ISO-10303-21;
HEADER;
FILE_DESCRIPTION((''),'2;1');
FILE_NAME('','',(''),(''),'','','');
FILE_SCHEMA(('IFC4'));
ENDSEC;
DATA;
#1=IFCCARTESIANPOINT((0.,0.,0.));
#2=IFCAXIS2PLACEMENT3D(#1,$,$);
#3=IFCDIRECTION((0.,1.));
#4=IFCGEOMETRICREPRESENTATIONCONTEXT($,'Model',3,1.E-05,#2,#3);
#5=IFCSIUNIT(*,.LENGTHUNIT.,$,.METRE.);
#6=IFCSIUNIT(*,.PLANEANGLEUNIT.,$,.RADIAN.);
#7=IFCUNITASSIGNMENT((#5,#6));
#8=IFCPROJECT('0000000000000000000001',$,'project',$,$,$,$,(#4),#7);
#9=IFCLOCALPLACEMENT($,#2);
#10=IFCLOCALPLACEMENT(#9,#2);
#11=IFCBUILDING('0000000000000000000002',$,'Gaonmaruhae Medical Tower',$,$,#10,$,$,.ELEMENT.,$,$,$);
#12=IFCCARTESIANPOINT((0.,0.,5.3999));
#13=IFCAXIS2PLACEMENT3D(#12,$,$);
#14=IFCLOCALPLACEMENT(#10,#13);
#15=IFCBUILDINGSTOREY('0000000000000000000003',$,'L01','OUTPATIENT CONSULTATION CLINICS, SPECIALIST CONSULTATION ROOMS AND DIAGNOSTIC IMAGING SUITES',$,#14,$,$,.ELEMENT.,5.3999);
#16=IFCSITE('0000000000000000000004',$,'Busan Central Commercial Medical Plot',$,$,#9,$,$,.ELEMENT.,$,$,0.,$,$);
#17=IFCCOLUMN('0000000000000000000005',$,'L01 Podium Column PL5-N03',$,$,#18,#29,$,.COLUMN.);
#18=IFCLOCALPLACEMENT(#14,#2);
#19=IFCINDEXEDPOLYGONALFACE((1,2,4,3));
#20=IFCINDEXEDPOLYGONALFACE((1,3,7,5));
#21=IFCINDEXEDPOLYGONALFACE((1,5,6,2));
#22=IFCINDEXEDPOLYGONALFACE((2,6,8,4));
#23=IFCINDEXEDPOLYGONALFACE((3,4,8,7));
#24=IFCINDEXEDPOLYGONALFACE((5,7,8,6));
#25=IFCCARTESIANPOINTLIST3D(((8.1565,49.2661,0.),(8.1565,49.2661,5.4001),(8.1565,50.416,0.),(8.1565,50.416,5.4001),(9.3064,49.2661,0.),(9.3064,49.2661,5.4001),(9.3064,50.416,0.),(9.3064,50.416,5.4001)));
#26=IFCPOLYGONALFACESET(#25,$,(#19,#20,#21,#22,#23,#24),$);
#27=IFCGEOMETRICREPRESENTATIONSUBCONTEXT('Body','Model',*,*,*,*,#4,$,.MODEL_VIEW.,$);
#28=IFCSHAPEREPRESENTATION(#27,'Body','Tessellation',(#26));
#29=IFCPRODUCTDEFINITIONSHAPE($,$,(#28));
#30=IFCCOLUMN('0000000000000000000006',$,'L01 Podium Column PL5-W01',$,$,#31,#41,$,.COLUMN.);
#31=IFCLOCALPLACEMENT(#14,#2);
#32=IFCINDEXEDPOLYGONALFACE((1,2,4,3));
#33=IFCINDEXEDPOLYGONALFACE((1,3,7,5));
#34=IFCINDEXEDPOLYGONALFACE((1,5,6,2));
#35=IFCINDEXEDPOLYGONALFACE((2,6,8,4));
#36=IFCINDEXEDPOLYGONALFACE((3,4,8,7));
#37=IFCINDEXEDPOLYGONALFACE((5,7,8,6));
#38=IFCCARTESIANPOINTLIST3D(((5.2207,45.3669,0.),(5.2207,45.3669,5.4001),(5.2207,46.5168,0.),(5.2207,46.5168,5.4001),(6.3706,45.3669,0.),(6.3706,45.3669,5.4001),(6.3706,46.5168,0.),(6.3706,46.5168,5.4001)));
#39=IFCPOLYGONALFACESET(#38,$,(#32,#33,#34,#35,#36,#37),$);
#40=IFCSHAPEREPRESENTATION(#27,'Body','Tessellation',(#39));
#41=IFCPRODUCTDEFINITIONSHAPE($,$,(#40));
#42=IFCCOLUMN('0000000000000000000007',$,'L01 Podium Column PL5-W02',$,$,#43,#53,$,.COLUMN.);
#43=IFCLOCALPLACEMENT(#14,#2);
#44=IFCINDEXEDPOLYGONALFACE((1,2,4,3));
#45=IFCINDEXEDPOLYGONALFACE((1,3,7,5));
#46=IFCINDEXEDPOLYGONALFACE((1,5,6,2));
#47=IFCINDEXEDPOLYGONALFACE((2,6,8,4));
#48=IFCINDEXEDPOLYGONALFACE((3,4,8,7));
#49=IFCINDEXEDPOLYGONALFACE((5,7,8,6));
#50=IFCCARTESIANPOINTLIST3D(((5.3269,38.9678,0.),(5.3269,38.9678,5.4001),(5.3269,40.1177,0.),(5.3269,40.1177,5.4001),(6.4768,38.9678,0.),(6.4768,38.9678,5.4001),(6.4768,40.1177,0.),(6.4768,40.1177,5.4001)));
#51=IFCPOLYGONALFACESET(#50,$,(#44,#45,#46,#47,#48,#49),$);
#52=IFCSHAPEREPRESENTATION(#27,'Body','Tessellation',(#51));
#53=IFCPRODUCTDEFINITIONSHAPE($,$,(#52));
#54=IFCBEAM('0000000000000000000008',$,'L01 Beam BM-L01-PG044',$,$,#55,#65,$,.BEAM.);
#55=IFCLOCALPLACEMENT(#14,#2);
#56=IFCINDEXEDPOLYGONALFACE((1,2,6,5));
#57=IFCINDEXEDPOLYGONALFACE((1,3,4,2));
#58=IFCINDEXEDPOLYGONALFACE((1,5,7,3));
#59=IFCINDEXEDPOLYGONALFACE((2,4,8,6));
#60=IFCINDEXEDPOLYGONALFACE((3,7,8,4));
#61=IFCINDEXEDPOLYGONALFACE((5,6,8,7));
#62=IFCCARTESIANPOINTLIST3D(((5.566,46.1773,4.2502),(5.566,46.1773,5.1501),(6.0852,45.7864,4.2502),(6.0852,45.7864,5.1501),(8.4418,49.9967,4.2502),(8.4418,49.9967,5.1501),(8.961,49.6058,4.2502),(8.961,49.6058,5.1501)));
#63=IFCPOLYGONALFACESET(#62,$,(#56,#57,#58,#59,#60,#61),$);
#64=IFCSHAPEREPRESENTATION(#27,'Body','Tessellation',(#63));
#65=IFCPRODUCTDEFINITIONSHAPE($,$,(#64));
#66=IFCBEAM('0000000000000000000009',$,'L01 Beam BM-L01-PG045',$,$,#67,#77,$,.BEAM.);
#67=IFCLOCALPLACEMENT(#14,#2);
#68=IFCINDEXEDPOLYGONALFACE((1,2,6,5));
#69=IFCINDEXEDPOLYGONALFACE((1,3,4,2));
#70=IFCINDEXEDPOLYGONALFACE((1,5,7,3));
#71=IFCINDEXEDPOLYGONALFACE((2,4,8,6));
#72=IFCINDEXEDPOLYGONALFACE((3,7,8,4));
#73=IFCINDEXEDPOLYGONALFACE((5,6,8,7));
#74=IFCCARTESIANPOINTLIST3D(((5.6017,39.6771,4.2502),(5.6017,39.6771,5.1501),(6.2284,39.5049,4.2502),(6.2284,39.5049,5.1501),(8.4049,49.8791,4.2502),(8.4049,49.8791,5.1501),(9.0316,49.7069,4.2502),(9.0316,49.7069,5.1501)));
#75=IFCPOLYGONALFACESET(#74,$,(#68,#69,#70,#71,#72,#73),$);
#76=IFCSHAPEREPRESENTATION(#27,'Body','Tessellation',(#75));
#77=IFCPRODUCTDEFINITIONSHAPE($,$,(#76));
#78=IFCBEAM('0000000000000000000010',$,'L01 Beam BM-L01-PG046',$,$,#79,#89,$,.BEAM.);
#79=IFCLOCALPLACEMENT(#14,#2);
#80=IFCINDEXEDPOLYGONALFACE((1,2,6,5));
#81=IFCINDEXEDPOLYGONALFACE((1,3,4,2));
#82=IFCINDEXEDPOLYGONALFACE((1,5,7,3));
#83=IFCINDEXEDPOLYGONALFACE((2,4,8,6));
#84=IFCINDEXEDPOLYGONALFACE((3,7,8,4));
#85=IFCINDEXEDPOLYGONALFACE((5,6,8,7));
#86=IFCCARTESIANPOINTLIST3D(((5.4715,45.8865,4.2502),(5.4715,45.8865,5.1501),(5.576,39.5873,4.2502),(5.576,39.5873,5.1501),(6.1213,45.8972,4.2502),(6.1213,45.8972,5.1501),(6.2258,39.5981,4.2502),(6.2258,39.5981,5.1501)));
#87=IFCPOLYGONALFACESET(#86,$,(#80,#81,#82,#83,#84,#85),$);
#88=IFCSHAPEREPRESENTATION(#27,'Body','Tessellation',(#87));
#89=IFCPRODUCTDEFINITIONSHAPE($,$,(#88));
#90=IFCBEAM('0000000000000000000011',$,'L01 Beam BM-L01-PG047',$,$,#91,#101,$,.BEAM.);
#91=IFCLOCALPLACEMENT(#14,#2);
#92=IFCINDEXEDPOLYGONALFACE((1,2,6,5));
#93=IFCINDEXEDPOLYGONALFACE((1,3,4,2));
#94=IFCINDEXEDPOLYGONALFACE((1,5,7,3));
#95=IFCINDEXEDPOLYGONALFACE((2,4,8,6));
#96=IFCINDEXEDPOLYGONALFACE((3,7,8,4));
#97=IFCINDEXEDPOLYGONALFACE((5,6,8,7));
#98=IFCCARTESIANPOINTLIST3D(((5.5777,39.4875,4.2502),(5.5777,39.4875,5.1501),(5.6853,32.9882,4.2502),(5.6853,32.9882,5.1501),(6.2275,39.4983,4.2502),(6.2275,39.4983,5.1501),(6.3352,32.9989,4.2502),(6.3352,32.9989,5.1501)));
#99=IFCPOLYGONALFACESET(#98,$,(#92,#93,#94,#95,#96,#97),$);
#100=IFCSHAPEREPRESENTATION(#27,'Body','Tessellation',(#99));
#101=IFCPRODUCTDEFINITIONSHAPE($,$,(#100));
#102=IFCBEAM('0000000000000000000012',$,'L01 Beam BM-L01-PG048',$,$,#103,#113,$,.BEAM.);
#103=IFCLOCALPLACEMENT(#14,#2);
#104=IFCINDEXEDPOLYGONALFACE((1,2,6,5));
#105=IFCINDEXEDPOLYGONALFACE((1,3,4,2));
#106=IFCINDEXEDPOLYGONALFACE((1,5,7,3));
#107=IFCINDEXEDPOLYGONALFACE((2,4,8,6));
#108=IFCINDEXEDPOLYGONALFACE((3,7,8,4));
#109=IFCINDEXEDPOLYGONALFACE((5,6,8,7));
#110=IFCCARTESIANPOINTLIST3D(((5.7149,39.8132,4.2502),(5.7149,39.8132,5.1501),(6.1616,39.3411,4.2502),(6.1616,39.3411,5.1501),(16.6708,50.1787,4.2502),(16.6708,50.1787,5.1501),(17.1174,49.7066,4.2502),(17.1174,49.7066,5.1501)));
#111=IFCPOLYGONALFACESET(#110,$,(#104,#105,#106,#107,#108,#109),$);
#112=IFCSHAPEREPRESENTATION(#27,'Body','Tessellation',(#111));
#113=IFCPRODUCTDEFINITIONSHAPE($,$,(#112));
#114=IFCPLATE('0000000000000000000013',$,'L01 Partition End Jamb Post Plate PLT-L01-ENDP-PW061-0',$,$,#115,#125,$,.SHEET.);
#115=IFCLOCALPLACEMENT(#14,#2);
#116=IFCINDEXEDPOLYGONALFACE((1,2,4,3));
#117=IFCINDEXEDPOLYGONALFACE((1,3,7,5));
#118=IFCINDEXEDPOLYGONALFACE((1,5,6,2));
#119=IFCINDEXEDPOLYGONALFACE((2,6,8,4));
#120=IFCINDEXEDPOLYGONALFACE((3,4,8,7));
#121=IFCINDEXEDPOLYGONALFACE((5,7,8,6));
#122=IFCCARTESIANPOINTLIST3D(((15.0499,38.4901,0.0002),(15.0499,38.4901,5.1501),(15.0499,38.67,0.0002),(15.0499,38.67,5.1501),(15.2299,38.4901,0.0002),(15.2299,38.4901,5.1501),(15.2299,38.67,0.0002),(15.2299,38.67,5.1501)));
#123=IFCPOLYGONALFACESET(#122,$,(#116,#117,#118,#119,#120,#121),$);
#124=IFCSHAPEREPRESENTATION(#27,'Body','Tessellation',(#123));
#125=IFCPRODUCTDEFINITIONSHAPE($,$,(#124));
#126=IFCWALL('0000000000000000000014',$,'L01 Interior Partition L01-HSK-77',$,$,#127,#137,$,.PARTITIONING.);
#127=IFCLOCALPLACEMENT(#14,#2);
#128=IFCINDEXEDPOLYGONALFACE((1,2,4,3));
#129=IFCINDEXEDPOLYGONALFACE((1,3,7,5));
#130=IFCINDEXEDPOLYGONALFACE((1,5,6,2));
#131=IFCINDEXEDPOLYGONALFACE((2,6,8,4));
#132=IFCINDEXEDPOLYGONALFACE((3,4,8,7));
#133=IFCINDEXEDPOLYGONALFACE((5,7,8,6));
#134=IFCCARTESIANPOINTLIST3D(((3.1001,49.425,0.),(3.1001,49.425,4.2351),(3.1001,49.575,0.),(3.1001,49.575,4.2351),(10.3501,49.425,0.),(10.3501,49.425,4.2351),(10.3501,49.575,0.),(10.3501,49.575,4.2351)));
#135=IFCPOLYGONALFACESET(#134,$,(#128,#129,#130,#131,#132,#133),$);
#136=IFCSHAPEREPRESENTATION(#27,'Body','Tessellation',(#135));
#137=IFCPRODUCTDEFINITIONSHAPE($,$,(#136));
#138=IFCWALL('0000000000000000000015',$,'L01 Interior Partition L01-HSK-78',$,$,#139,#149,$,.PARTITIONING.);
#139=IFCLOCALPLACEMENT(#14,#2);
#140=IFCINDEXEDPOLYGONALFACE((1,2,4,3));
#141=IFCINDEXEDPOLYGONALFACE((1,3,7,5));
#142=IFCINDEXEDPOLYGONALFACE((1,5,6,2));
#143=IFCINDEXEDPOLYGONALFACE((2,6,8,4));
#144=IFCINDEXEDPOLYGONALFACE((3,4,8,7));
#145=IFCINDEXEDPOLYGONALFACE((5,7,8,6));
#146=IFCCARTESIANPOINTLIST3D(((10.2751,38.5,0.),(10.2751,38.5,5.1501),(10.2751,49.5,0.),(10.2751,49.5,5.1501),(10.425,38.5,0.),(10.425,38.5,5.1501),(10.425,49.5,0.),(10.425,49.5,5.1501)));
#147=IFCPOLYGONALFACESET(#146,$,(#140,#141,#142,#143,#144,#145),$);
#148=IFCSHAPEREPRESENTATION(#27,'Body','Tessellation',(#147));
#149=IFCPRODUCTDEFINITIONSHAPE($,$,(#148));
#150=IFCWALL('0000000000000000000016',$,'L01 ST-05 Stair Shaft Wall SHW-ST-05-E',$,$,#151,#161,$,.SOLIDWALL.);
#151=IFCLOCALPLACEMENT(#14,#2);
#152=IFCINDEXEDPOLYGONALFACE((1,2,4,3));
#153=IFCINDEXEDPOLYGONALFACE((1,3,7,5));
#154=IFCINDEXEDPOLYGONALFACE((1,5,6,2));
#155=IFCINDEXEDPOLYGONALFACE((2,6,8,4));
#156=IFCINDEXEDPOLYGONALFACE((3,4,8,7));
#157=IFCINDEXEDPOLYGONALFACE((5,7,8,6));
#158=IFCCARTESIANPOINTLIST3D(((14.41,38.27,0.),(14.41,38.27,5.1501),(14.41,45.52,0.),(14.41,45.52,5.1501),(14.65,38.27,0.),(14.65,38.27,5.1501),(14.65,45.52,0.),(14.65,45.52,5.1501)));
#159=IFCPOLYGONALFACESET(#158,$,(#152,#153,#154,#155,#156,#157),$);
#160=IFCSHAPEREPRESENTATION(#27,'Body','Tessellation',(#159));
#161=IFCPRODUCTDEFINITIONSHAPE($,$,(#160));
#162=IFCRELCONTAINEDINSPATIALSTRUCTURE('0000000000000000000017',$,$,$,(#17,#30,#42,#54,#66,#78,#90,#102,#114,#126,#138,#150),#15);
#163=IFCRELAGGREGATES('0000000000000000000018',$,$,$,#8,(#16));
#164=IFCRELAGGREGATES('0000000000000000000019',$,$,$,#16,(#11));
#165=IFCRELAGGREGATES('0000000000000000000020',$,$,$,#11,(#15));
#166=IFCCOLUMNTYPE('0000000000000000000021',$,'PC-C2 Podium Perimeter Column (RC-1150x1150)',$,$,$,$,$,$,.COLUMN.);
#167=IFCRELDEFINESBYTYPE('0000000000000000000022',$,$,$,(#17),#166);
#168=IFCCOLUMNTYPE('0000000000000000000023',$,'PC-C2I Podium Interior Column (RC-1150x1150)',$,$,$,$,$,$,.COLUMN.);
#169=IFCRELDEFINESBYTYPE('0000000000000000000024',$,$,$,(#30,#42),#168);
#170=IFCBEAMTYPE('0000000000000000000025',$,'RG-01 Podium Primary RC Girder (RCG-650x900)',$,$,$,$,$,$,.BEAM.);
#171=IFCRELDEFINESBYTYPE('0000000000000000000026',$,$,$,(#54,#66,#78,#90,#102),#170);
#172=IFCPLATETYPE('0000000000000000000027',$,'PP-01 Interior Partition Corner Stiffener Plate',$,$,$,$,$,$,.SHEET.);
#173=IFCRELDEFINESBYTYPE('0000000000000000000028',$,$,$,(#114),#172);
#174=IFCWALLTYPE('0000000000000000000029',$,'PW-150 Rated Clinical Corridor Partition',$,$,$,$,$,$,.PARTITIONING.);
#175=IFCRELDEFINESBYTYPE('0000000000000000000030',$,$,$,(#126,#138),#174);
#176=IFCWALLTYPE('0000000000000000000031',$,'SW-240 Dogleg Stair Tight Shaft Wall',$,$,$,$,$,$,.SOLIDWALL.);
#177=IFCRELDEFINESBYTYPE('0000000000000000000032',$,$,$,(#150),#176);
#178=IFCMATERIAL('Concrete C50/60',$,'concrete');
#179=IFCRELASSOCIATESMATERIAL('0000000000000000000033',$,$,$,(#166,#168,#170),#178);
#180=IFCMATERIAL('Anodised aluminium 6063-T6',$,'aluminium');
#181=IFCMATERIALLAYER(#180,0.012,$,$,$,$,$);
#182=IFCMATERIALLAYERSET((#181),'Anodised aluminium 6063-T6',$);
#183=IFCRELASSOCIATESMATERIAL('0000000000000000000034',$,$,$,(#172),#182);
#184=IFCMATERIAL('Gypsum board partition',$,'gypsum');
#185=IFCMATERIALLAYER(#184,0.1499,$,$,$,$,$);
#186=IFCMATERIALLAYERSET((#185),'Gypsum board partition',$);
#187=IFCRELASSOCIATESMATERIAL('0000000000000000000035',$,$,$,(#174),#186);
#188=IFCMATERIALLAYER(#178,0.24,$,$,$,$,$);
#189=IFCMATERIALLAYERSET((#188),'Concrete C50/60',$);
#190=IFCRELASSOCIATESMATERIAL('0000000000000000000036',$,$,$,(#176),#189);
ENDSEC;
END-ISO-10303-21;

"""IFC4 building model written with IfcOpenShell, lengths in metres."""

from ifc_helpers import new_model, si_unit, direction, frame, frame_2d, origin, origin_2d, place, context, subcontext, project, spatial, rectangle, extrude, material, layer, layer_set, material_profile, profile_set, type_object, element, save


model = new_model("IFC4")

# Units and contexts
model_context = context("Model", 3, precision=1e-05, world=origin(), true_north=direction((0.0, 1.0)))
body_context = subcontext(model_context, "Body", "Model", "MODEL_VIEW")
ifc_project = project(units=[si_unit("LENGTHUNIT", "METRE"), si_unit("PLANEANGLEUNIT", "RADIAN")], contexts=[model_context])

# Site, building, storey
site_placement = place(None, origin())
site = spatial("IfcSite", under=ifc_project, at=site_placement, Name="Busan Central Commercial Medical Plot", CompositionType="ELEMENT", RefElevation=0.0)
building_placement = place(site_placement, origin())
building = spatial("IfcBuilding", under=site, at=building_placement, Name="Gaonmaruhae Medical Tower", CompositionType="ELEMENT")
storey_placement = place(building_placement, frame((0.0, 0.0, 5.3999)))
storey = spatial("IfcBuildingStorey", under=building, at=storey_placement, Name="L01", Description="OUTPATIENT CONSULTATION CLINICS, SPECIALIST CONSULTATION ROOMS AND DIAGNOSTIC IMAGING SUITES", CompositionType="ELEMENT", Elevation=5.3999)

# Columns
ifc_material_1 = material(Name="Concrete C50/60", Category="concrete")
ifc_material_profile_1 = material_profile(ifc_material_1, rectangle(XDim=1.1499, YDim=1.1499, at=origin_2d()), Name="RC-1150x1150")
ifc_profile_set_1 = profile_set([ifc_material_profile_1], Name="Concrete C50/60")
column_type_1 = type_object("IfcColumnType", Name="PC-C2 Podium Perimeter Column (RC-1150x1150)", PredefinedType="COLUMN", material=ifc_profile_set_1)
column_placement = place(storey_placement, frame((8.7314, 49.8411, 0.0), z_axis=(0.0, 0.0, 1.0), x_axis=(1.0, 0.0, 0.0)))
element("IfcColumn", 1, at=column_placement, inside=storey, type_object=column_type_1, Name="L01 Podium Column PL5-N03", PredefinedType="COLUMN", context=body_context, shape_type="SweptSolid", body=[
    extrude(rectangle(XDim=1.1499, YDim=1.1499, at=origin_2d()), origin(), (0.0, 0.0, 1.0), 5.4001),
])
ifc_material_profile_2 = material_profile(ifc_material_1, rectangle(XDim=1.1499, YDim=1.1499, at=origin_2d()), Name="RC-1150x1150")
ifc_profile_set_2 = profile_set([ifc_material_profile_2], Name="Concrete C50/60")
column_type_2 = type_object("IfcColumnType", Name="PC-C2I Podium Interior Column (RC-1150x1150)", PredefinedType="COLUMN", material=ifc_profile_set_2)
for number, where, z_axis, x_axis, name in (
    (2, (5.7957, 45.9419, 0.0), (0.0, 0.0, 1.0), (1.0, 0.0, 0.0), "L01 Podium Column PL5-W01"),
    (3, (5.9019, 39.5427, 0.0), (0.0, 0.0, 1.0), (1.0, 0.0, 0.0), "L01 Podium Column PL5-W02"),
):
    element("IfcColumn", number, at=place(storey_placement, frame(where, z_axis=z_axis, x_axis=x_axis)), inside=storey, type_object=column_type_2, Name=name, PredefinedType="COLUMN", context=body_context, shape_type="SweptSolid", body=[
        extrude(rectangle(XDim=1.1499, YDim=1.1499, at=origin_2d()), origin(), (0.0, 0.0, 1.0), 5.4001),
    ])

# Beams
ifc_material_profile_3 = material_profile(ifc_material_1, rectangle(XDim=0.6499, YDim=0.8999, at=origin_2d()), Name="RCG-650x900")
ifc_profile_set_3 = profile_set([ifc_material_profile_3], Name="Concrete C50/60")
beam_type = type_object("IfcBeamType", Name="RG-01 Podium Primary RC Girder (RCG-650x900)", PredefinedType="BEAM", material=ifc_profile_set_3)
beam_1_placement = place(storey_placement, frame((8.7014, 49.8013, 4.7002), z_axis=(-0.601502, -0.798871, 0.0), x_axis=(0.798871, -0.601502, 0.0)))
element("IfcBeam", 4, at=beam_1_placement, inside=storey, type_object=beam_type, Name="L01 Beam BM-L01-PG044", PredefinedType="BEAM", context=body_context, shape_type="SweptSolid", body=[
    extrude(rectangle(XDim=0.6499, YDim=0.8999, at=origin_2d()), origin(), (0.0, 0.0, 1.0), 4.781),
])
beam_2_placement = place(storey_placement, frame((8.7183, 49.793, 4.7002), z_axis=(-0.264954, -0.964261, 0.0), x_axis=(0.964261, -0.264954, 0.0)))
element("IfcBeam", 5, at=beam_2_placement, inside=storey, type_object=beam_type, Name="L01 Beam BM-L01-PG045", PredefinedType="BEAM", context=body_context, shape_type="SweptSolid", body=[
    extrude(rectangle(XDim=0.6499, YDim=0.8999, at=origin_2d()), origin(), (0.0, 0.0, 1.0), 10.5801),
])
beam_3_placement = place(storey_placement, frame((5.7964, 45.8918, 4.7002), z_axis=(0.016586, -0.999862, 0.0), x_axis=(0.999862, 0.016586, 0.0)))
element("IfcBeam", 6, at=beam_3_placement, inside=storey, type_object=beam_type, Name="L01 Beam BM-L01-PG046", PredefinedType="BEAM", context=body_context, shape_type="SweptSolid", body=[
    extrude(rectangle(XDim=0.6499, YDim=0.8999, at=origin_2d()), origin(), (0.0, 0.0, 1.0), 6.3),
])
beam_4_placement = place(storey_placement, frame((5.9026, 39.4929, 4.7002), z_axis=(0.016564, -0.999863, 0.0), x_axis=(0.999863, 0.016564, 0.0)))
element("IfcBeam", 7, at=beam_4_placement, inside=storey, type_object=beam_type, Name="L01 Beam BM-L01-PG047", PredefinedType="BEAM", context=body_context, shape_type="SweptSolid", body=[
    extrude(rectangle(XDim=0.6499, YDim=0.8999, at=origin_2d()), origin(), (0.0, 0.0, 1.0), 6.5002),
])
beam_5_placement = place(storey_placement, frame((5.9382, 39.5771, 4.7002), z_axis=(0.726406, 0.687265, 0.0), x_axis=(-0.687265, 0.726406, 0.0)))
element("IfcBeam", 8, at=beam_5_placement, inside=storey, type_object=beam_type, Name="L01 Beam BM-L01-PG048", PredefinedType="BEAM", context=body_context, shape_type="SweptSolid", body=[
    extrude(rectangle(XDim=0.6499, YDim=0.8999, at=origin_2d()), origin(), (0.0, 0.0, 1.0), 15.0823),
])

# Plate
ifc_material_2 = material(Name="Anodised aluminium 6063-T6", Category="aluminium")
ifc_layer_1 = layer(ifc_material_2, 0.012)
ifc_layer_set_1 = layer_set([ifc_layer_1], Name="Anodised aluminium 6063-T6")
plate_type = type_object("IfcPlateType", Name="PP-01 Interior Partition Corner Stiffener Plate", PredefinedType="SHEET", material=ifc_layer_set_1)
plate_placement = place(storey_placement, frame((15.1399, 38.5801, 0.0002), z_axis=(0.0, 0.0, 1.0), x_axis=(0.0, -1.0, 0.0)))
element("IfcPlate", 9, at=plate_placement, inside=storey, type_object=plate_type, Name="L01 Partition End Jamb Post Plate PLT-L01-ENDP-PW061-0", PredefinedType="SHEET", context=body_context, shape_type="SweptSolid", body=[
    extrude(rectangle(XDim=0.1799, YDim=0.1799, at=origin_2d()), origin(), (0.0, 0.0, 1.0), 5.1499),
])

# Walls
ifc_material_3 = material(Name="Gypsum board partition", Category="gypsum")
ifc_layer_2 = layer(ifc_material_3, 0.1499)
ifc_layer_set_2 = layer_set([ifc_layer_2], Name="Gypsum board partition")
wall_type_1 = type_object("IfcWallType", Name="PW-150 Rated Clinical Corridor Partition", PredefinedType="PARTITIONING", material=ifc_layer_set_2)
wall_1_placement = place(storey_placement, frame((3.1001, 49.5, 0.0), z_axis=(0.0, 0.0, 1.0), x_axis=(1.0, 0.0, 0.0)))
element("IfcWall", 10, at=wall_1_placement, inside=storey, type_object=wall_type_1, Name="L01 Interior Partition L01-HSK-77", PredefinedType="PARTITIONING", context=body_context, shape_type="SweptSolid", body=[
    extrude(rectangle(XDim=7.25, YDim=0.1499, at=frame_2d((3.625, 0.0))), origin(), (0.0, 0.0, 1.0), 4.2351),
])
wall_2_placement = place(storey_placement, frame((10.3501, 49.5, 0.0), z_axis=(0.0, 0.0, 1.0), x_axis=(0.0, -1.0, 0.0)))
element("IfcWall", 11, at=wall_2_placement, inside=storey, type_object=wall_type_1, Name="L01 Interior Partition L01-HSK-78", PredefinedType="PARTITIONING", context=body_context, shape_type="SweptSolid", body=[
    extrude(rectangle(XDim=11.0, YDim=0.1499, at=frame_2d((5.5, 0.0))), origin(), (0.0, 0.0, 1.0), 5.1501),
])

# Shared definitions
ifc_layer_3 = layer(ifc_material_1, 0.24)
ifc_layer_set_3 = layer_set([ifc_layer_3], Name="Concrete C50/60")
wall_type_2 = type_object("IfcWallType", Name="SW-240 Dogleg Stair Tight Shaft Wall", PredefinedType="SOLIDWALL", material=ifc_layer_set_3)

# Wall
wall_3_placement = place(storey_placement, frame((14.53, 45.52, 0.0), z_axis=(0.0, 0.0, 1.0), x_axis=(0.0, -1.0, 0.0)))
element("IfcWall", 12, at=wall_3_placement, inside=storey, type_object=wall_type_2, Name="L01 ST-05 Stair Shaft Wall SHW-ST-05-E", PredefinedType="SOLIDWALL", context=body_context, shape_type="SweptSolid", body=[
    extrude(rectangle(XDim=7.25, YDim=0.24, at=frame_2d((3.625, 0.0))), origin(), (0.0, 0.0, 1.0), 5.1501),
])

save(model, "model.ifc")
